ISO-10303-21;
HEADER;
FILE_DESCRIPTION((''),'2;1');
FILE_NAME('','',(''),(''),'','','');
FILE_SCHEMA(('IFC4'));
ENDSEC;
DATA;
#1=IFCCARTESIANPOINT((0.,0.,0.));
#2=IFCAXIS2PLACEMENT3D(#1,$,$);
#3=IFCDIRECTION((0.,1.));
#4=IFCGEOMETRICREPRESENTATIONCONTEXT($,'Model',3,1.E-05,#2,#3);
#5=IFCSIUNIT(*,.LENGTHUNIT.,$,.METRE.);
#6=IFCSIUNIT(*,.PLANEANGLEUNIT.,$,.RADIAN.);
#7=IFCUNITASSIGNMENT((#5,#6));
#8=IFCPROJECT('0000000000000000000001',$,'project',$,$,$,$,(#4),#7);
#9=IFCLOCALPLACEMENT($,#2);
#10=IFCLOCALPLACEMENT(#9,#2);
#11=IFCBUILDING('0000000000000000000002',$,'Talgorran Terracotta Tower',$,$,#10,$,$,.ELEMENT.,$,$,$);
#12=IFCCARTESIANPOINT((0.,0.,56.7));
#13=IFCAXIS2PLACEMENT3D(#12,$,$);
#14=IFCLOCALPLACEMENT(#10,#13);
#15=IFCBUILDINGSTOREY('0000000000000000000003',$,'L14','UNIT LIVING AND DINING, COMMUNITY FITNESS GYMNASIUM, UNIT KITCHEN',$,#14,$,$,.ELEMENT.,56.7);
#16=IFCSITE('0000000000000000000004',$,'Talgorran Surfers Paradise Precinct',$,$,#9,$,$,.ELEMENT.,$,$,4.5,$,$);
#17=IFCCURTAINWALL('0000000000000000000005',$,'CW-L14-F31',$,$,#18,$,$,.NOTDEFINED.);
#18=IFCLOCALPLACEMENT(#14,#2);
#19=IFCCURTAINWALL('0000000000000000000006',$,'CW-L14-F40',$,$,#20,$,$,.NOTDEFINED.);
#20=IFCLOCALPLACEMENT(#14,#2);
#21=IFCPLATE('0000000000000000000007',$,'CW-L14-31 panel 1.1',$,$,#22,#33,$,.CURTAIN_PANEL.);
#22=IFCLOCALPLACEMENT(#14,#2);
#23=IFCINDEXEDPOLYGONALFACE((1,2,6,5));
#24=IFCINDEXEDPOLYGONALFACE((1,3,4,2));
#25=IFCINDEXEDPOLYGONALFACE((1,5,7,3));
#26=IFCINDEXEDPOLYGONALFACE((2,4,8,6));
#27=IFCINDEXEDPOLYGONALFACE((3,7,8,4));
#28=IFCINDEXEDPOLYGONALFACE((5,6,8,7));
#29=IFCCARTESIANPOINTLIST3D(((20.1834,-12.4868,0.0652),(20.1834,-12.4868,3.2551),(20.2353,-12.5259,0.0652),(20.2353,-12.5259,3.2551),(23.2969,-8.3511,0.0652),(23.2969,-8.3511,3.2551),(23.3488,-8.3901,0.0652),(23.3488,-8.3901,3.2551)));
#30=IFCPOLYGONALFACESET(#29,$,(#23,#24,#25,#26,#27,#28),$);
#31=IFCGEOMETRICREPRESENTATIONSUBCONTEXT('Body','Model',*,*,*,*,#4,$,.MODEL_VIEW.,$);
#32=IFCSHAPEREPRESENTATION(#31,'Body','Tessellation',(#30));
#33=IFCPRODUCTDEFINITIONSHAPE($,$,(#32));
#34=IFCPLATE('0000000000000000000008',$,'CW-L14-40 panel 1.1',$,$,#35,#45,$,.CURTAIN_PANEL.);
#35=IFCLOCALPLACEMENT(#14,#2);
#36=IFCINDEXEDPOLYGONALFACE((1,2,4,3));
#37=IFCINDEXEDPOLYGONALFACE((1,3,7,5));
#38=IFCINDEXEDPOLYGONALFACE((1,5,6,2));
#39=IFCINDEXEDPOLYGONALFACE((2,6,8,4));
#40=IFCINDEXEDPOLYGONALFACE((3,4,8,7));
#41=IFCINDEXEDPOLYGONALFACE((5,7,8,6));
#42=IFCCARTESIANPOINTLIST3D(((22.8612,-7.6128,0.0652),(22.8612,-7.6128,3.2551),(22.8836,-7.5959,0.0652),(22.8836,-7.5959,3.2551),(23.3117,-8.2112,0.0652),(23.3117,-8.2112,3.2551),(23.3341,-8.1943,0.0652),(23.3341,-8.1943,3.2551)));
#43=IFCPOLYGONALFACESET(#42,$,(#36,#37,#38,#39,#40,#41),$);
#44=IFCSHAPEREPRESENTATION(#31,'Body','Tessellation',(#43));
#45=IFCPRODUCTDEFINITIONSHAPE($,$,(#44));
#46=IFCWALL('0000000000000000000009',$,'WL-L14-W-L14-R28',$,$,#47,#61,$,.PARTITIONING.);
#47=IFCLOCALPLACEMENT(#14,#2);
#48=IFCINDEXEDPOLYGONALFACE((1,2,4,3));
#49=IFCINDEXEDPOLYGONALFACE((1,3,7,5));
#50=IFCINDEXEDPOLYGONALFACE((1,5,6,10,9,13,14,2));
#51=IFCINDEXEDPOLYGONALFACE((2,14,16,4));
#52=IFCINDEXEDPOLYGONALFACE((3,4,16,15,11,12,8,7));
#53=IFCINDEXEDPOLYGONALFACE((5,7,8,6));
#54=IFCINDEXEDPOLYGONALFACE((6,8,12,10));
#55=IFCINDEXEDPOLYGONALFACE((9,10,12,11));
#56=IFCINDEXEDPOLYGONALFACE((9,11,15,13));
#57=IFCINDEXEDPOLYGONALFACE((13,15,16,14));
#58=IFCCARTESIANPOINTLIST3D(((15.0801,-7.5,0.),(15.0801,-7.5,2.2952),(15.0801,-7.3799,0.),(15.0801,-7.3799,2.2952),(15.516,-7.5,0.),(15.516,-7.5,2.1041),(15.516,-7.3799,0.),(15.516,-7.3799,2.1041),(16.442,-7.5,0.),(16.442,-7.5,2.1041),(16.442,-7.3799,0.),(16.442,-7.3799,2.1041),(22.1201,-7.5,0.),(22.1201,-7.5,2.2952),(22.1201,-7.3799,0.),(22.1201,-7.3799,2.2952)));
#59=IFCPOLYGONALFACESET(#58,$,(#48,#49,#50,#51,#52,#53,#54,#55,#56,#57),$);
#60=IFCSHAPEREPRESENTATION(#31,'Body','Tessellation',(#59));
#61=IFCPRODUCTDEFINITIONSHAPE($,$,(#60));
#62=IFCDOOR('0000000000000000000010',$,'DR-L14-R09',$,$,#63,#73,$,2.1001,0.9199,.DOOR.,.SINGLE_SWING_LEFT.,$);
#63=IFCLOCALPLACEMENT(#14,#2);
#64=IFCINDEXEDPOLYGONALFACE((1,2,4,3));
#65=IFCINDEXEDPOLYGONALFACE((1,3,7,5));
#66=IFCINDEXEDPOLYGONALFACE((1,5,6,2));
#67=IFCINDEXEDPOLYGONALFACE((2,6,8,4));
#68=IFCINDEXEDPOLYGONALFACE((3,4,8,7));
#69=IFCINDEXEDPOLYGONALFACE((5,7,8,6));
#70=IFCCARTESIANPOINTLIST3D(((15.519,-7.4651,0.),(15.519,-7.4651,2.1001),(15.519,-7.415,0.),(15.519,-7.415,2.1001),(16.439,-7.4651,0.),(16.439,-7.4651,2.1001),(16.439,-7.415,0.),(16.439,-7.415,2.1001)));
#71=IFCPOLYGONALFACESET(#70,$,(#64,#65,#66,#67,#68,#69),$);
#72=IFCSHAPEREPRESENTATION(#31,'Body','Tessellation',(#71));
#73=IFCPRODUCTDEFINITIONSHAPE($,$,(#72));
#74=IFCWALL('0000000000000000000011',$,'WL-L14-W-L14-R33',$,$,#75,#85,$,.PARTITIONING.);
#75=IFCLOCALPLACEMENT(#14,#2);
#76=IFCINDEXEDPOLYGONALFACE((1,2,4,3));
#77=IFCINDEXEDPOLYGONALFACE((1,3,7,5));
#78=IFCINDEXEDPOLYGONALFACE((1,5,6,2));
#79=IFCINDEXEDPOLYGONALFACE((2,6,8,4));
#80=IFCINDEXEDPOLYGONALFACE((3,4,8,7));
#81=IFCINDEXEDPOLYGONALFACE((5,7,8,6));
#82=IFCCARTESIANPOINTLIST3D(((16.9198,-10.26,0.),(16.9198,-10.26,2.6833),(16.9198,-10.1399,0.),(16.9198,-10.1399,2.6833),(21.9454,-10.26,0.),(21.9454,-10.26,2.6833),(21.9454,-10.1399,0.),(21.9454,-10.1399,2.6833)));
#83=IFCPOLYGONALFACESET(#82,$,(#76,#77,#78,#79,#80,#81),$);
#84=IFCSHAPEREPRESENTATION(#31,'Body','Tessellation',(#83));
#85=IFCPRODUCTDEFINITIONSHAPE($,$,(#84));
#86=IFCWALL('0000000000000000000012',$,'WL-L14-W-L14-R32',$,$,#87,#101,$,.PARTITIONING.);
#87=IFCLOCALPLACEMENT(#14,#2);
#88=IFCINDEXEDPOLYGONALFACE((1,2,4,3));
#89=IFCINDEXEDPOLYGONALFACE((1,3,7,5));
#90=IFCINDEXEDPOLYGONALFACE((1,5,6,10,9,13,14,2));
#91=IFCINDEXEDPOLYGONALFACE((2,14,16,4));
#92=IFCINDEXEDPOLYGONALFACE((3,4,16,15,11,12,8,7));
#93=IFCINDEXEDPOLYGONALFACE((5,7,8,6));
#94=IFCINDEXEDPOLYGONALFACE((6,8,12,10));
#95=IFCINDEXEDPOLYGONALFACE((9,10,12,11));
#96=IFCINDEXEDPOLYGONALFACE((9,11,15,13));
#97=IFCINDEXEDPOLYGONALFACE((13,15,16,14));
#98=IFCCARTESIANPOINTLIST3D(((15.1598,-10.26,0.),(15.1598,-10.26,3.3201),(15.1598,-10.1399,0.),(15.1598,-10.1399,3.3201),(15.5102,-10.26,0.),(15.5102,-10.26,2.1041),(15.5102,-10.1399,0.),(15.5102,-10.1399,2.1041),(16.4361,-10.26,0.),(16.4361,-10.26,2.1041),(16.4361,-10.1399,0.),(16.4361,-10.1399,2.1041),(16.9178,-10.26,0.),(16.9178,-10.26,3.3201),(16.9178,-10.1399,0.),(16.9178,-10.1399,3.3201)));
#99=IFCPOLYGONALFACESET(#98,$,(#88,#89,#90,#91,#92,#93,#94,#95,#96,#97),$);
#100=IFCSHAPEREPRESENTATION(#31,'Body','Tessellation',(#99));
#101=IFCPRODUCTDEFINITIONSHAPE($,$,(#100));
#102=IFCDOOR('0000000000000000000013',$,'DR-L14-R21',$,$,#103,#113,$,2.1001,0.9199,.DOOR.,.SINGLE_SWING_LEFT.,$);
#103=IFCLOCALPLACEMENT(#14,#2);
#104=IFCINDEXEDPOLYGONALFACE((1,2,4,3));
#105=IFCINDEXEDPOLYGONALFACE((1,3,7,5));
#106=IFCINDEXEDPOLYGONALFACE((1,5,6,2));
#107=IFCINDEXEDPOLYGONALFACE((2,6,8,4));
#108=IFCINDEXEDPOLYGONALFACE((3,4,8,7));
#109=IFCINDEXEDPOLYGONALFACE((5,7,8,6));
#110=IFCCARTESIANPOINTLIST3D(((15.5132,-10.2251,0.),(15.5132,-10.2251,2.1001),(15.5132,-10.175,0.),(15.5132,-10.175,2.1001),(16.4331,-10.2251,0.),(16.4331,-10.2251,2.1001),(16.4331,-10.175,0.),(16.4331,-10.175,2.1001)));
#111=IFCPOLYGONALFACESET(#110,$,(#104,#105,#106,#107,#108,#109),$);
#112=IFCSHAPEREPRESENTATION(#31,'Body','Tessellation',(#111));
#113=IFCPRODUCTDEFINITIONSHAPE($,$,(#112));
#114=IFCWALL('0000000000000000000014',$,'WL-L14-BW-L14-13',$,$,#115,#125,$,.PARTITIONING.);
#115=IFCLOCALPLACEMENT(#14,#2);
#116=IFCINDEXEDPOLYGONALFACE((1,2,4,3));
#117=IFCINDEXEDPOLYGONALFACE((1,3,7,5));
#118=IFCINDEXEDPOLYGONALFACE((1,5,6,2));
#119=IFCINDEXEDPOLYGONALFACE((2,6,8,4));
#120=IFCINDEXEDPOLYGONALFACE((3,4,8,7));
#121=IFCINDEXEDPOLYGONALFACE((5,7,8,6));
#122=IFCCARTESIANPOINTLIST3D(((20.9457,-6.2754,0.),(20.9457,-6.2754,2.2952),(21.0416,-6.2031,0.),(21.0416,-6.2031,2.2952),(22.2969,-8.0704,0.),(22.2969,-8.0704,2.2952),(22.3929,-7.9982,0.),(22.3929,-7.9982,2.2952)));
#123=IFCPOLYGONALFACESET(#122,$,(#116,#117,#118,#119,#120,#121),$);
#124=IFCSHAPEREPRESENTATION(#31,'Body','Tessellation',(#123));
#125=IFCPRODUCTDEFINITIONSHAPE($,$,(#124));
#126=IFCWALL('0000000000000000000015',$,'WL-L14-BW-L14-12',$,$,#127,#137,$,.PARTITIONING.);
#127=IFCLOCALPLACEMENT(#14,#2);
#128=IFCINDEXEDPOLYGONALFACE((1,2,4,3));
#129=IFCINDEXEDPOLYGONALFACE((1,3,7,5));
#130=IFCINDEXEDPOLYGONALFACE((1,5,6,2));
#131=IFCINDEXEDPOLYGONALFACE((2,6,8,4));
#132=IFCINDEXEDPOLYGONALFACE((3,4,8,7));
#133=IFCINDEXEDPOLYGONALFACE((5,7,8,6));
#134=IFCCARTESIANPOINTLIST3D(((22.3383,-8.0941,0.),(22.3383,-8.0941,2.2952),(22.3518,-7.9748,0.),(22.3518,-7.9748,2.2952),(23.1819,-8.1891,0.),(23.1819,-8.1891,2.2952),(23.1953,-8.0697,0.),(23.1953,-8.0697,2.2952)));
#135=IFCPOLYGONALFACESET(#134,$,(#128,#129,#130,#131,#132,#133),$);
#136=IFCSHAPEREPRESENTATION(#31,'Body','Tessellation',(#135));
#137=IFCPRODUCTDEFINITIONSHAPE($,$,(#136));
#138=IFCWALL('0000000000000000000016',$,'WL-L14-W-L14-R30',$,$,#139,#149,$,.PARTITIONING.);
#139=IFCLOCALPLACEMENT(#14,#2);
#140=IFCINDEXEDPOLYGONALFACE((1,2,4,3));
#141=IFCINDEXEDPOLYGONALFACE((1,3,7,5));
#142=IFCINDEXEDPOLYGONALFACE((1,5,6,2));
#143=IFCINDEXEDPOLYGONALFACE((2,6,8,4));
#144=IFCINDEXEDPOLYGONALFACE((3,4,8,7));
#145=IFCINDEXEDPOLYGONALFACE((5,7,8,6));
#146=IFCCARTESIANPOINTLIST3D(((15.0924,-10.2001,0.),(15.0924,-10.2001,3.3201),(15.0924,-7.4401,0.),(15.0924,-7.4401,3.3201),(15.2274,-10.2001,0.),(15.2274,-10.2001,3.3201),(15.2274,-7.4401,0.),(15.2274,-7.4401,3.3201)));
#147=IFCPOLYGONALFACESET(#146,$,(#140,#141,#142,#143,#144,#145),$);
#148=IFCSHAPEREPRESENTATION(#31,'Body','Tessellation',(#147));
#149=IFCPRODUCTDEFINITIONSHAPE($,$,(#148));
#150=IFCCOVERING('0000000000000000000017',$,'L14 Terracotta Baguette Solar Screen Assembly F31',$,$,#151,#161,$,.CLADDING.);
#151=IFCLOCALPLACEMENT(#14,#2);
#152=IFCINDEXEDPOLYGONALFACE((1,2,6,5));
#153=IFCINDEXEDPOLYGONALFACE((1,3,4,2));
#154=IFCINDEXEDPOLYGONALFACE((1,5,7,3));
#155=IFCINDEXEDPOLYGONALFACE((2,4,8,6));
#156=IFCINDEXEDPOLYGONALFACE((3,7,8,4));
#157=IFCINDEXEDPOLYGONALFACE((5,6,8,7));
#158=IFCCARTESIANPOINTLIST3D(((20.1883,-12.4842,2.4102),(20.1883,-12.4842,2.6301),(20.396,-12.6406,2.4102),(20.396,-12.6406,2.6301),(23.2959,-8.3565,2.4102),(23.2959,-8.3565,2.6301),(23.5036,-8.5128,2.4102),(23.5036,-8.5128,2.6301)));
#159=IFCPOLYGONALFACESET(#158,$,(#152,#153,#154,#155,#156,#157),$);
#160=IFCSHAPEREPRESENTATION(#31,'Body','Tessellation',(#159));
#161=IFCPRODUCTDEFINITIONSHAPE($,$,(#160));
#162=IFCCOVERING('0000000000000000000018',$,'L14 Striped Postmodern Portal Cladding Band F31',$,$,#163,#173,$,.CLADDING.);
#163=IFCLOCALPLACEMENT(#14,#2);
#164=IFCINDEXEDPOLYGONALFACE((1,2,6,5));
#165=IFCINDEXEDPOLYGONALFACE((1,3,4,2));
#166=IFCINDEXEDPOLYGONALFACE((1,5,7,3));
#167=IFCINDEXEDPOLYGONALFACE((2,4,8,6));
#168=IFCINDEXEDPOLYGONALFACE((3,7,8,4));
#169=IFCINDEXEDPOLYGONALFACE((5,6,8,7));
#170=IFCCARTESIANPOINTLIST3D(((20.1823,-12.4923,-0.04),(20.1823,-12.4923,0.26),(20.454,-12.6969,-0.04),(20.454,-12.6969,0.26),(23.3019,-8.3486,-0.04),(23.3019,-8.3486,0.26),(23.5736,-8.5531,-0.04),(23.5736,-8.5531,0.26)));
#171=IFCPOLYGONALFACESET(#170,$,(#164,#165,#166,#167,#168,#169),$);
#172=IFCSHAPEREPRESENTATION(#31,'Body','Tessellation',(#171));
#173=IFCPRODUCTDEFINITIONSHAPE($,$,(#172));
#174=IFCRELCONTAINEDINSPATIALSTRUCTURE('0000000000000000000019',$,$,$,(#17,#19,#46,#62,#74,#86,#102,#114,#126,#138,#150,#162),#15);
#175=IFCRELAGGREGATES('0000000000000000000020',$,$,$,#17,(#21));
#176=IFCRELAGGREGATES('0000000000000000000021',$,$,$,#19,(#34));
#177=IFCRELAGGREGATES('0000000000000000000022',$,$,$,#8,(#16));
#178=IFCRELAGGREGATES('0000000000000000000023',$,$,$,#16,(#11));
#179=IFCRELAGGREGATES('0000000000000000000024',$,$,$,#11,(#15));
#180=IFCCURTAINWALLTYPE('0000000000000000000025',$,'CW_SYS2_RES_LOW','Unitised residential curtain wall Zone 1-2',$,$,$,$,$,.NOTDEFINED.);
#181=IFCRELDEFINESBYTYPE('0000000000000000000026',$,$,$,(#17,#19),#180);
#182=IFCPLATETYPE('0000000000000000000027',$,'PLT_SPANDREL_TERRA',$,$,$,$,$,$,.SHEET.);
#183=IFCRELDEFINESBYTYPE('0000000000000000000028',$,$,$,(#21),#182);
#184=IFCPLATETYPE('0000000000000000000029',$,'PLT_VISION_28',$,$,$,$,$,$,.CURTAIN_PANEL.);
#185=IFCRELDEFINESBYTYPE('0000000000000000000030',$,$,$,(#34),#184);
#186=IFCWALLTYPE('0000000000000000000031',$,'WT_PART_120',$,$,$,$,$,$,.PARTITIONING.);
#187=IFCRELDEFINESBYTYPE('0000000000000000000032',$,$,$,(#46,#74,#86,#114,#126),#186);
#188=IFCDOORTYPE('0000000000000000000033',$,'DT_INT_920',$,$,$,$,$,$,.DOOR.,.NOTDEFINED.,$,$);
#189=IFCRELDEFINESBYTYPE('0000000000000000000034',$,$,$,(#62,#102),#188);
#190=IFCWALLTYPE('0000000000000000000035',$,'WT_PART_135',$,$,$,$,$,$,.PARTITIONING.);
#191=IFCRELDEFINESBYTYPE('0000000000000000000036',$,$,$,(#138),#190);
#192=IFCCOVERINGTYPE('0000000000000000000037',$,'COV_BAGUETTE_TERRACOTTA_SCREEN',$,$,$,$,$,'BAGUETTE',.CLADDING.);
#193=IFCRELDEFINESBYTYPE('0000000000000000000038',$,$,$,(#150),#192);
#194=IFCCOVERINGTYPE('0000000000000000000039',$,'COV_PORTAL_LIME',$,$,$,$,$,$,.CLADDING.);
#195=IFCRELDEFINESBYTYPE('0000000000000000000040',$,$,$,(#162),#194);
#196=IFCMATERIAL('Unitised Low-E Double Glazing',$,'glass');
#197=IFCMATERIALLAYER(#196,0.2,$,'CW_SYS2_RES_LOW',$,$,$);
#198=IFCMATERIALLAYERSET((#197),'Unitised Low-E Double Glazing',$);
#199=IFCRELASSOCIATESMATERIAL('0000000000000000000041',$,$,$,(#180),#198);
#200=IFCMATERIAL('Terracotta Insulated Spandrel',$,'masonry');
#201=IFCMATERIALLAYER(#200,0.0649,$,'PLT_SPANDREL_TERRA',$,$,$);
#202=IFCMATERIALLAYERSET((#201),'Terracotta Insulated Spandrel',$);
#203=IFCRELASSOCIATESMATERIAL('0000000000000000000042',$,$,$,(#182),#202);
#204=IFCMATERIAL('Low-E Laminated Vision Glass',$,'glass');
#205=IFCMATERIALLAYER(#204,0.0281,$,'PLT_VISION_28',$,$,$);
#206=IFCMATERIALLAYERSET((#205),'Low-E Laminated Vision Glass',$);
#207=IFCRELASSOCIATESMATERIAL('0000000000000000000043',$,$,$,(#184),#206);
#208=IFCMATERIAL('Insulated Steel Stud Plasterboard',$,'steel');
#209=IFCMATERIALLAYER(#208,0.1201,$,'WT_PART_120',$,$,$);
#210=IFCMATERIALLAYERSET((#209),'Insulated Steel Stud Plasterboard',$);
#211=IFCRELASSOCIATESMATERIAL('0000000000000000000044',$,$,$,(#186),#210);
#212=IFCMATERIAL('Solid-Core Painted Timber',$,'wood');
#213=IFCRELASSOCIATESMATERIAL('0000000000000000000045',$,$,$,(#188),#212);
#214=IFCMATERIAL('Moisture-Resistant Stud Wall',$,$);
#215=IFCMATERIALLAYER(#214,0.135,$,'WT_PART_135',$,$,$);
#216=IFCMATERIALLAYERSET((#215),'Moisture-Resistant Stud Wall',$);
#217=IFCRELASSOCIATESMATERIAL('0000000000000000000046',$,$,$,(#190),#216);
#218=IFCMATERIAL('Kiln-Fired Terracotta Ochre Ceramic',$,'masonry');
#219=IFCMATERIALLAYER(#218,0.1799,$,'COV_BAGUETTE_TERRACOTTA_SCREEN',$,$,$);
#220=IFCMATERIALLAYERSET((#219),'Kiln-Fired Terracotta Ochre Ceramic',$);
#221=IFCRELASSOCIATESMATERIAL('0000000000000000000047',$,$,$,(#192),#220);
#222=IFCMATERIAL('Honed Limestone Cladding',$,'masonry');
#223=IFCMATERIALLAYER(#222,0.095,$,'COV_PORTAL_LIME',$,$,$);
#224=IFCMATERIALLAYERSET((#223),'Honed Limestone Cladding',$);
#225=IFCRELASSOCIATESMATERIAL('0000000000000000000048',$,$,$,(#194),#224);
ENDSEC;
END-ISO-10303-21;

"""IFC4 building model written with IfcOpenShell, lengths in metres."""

from ifc_helpers import new_model, si_unit, direction, frame, frame_2d, origin, origin_2d, place, context, subcontext, project, spatial, rectangle, extrude, source, transform, mapped, material, layer, layer_set, type_object, type_shapes, element, fill, aggregate, save


model = new_model("IFC4")

# Units and contexts
model_context = context("Model", 3, precision=1e-05, world=origin(), true_north=direction((0.0, 1.0)))
body_context = subcontext(model_context, "Body", "Model", "MODEL_VIEW")
ifc_project = project(units=[si_unit("LENGTHUNIT", "METRE"), si_unit("PLANEANGLEUNIT", "RADIAN")], contexts=[model_context])

# Site, building, storey
site_placement = place(None, origin())
site = spatial("IfcSite", under=ifc_project, at=site_placement, Name="Talgorran Surfers Paradise Precinct", CompositionType="ELEMENT", RefElevation=4.5)
building_placement = place(site_placement, origin())
building = spatial("IfcBuilding", under=site, at=building_placement, Name="Talgorran Terracotta Tower", CompositionType="ELEMENT")
storey_placement = place(building_placement, frame((0.0, 0.0, 56.7)))
storey = spatial("IfcBuildingStorey", under=building, at=storey_placement, Name="L14", Description="UNIT LIVING AND DINING, COMMUNITY FITNESS GYMNASIUM, UNIT KITCHEN", CompositionType="ELEMENT", Elevation=56.7)

# Curtain walls
ifc_material_1 = material(Name="Unitised Low-E Double Glazing", Category="glass")
ifc_layer_1 = layer(ifc_material_1, 0.2, Name="CW_SYS2_RES_LOW")
ifc_layer_set_1 = layer_set([ifc_layer_1], Name="Unitised Low-E Double Glazing")
curtain_wall_type = type_object("IfcCurtainWallType", Name="CW_SYS2_RES_LOW", Description="Unitised residential curtain wall Zone 1-2", PredefinedType="NOTDEFINED", material=ifc_layer_set_1)
curtain_wall_1_placement = place(storey_placement, origin())
curtain_wall_1 = element("IfcCurtainWall", 1, at=curtain_wall_1_placement, inside=storey, type_object=curtain_wall_type, Name="CW-L14-F31", PredefinedType="NOTDEFINED")
curtain_wall_2_placement = place(storey_placement, origin())
curtain_wall_2 = element("IfcCurtainWall", 2, at=curtain_wall_2_placement, inside=storey, type_object=curtain_wall_type, Name="CW-L14-F40", PredefinedType="NOTDEFINED")

# Plates
ifc_material_2 = material(Name="Terracotta Insulated Spandrel", Category="masonry")
ifc_layer_2 = layer(ifc_material_2, 0.0649, Name="PLT_SPANDREL_TERRA")
ifc_layer_set_2 = layer_set([ifc_layer_2], Name="Terracotta Insulated Spandrel")
plate_type_1 = type_object("IfcPlateType", Name="PLT_SPANDREL_TERRA", PredefinedType="SHEET", material=ifc_layer_set_2)
shared_shape_1 = source(origin(), body_context, "Body", "SweptSolid", [
    extrude(rectangle(XDim=5.1768, YDim=0.0649, at=origin_2d()), origin(), (0.0, 0.0, 1.0), 3.1899),
])
type_shapes(plate_type_1, [shared_shape_1])
plate_1_placement = place(storey_placement, frame((21.7661, -10.4385, 0.0652), z_axis=(0.0, 0.0, 1.0), x_axis=(0.601446, 0.798913, 0.0)))
plate_1 = element("IfcPlate", 3, at=plate_1_placement, type_object=plate_type_1, Name="CW-L14-31 panel 1.1", PredefinedType="CURTAIN_PANEL", context=body_context, shape_type="MappedRepresentation", body=[
    mapped(shared_shape_1, transform((0.0, 0.0, 0.0), scale=1.0)),
])
aggregate(curtain_wall_1, [plate_1])
ifc_material_3 = material(Name="Low-E Laminated Vision Glass", Category="glass")
ifc_layer_3 = layer(ifc_material_3, 0.0281, Name="PLT_VISION_28")
ifc_layer_set_3 = layer_set([ifc_layer_3], Name="Low-E Laminated Vision Glass")
plate_type_2 = type_object("IfcPlateType", Name="PLT_VISION_28", PredefinedType="CURTAIN_PANEL", material=ifc_layer_set_3)
shared_shape_2 = source(origin(), body_context, "Body", "SweptSolid", [
    extrude(rectangle(XDim=0.749, YDim=0.0281, at=origin_2d()), origin(), (0.0, 0.0, 1.0), 3.1899),
])
type_shapes(plate_type_2, [shared_shape_2])
plate_2_placement = place(storey_placement, frame((23.0977, -7.9036, 0.0652), z_axis=(0.0, 0.0, 1.0), x_axis=(-0.601419, 0.798934, 0.0)))
plate_2 = element("IfcPlate", 4, at=plate_2_placement, type_object=plate_type_2, Name="CW-L14-40 panel 1.1", PredefinedType="CURTAIN_PANEL", context=body_context, shape_type="MappedRepresentation", body=[
    mapped(shared_shape_2, transform((0.0, 0.0, 0.0), scale=1.0)),
])
aggregate(curtain_wall_2, [plate_2])

# Wall, opening, door
ifc_material_4 = material(Name="Insulated Steel Stud Plasterboard", Category="steel")
ifc_layer_4 = layer(ifc_material_4, 0.1201, Name="WT_PART_120")
ifc_layer_set_4 = layer_set([ifc_layer_4], Name="Insulated Steel Stud Plasterboard")
wall_type_1 = type_object("IfcWallType", Name="WT_PART_120", PredefinedType="PARTITIONING", material=ifc_layer_set_4)
wall_1_placement = place(storey_placement, frame((15.0801, -7.4399, 0.0), z_axis=(0.0, 0.0, 1.0), x_axis=(1.0, 0.0, 0.0)))
wall_1 = element("IfcWall", 5, at=wall_1_placement, inside=storey, type_object=wall_type_1, Name="WL-L14-W-L14-R28", PredefinedType="PARTITIONING", context=body_context, shape_type="SweptSolid", body=[
    extrude(rectangle(XDim=7.04, YDim=0.1201, at=frame_2d((3.52, 0.0))), origin(), (0.0, 0.0, 1.0), 2.2952),
])
opening_1_placement = place(wall_1_placement, frame((0.439, 0.0, 0.0)))
opening_1 = element("IfcOpeningElement", 6, at=opening_1_placement, cuts=wall_1, PredefinedType="OPENING", context=body_context, shape_type="SweptSolid", body=[
    extrude(rectangle(XDim=0.9259, YDim=2.1041, at=frame_2d((0.46, 1.052))), frame((0.0, 0.0701, 0.0), z_axis=(0.0, -1.0, 0.0), x_axis=(1.0, 0.0, 0.0)), (0.0, 0.0, 1.0), 0.1401),
])
ifc_material_5 = material(Name="Solid-Core Painted Timber", Category="wood")
door_type = type_object("IfcDoorType", Name="DT_INT_920", OperationType="NOTDEFINED", PredefinedType="DOOR", material=ifc_material_5)
door_1_placement = place(opening_1_placement, origin())
door_1 = element("IfcDoor", 7, at=door_1_placement, inside=storey, type_object=door_type, Name="DR-L14-R09", OperationType="SINGLE_SWING_LEFT", OverallHeight=2.1001, OverallWidth=0.9199, PredefinedType="DOOR", context=body_context, shape_type="SweptSolid", body=[
    extrude(rectangle(XDim=0.9199, YDim=2.1001, at=frame_2d((0.46, 1.05))), frame((0.0, 0.0249, 0.0), z_axis=(0.0, -1.0, 0.0), x_axis=(1.0, 0.0, 0.0)), (0.0, 0.0, 1.0), 0.05),
])
fill(opening_1, door_1)

# Wall
wall_2_placement = place(storey_placement, frame((16.9199, -10.2, 0.0), z_axis=(0.0, 0.0, 1.0), x_axis=(1.0, 0.0, 0.0)))
element("IfcWall", 8, at=wall_2_placement, inside=storey, type_object=wall_type_1, Name="WL-L14-W-L14-R33", PredefinedType="PARTITIONING", context=body_context, shape_type="SweptSolid", body=[
    extrude(rectangle(XDim=5.0256, YDim=0.1201, at=frame_2d((2.5127, 0.0))), origin(), (0.0, 0.0, 1.0), 2.6833),
])

# Wall, opening, door
wall_3_placement = place(storey_placement, frame((15.1599, -10.2, 0.0), z_axis=(0.0, 0.0, 1.0), x_axis=(1.0, 0.0, 0.0)))
wall_3 = element("IfcWall", 9, at=wall_3_placement, inside=storey, type_object=wall_type_1, Name="WL-L14-W-L14-R32", PredefinedType="PARTITIONING", context=body_context, shape_type="SweptSolid", body=[
    extrude(rectangle(XDim=1.7581, YDim=0.1201, at=frame_2d((0.8789, 0.0))), origin(), (0.0, 0.0, 1.0), 3.3201),
])
opening_2_placement = place(wall_3_placement, frame((0.3533, 0.0, 0.0)))
opening_2 = element("IfcOpeningElement", 10, at=opening_2_placement, cuts=wall_3, PredefinedType="OPENING", context=body_context, shape_type="SweptSolid", body=[
    extrude(rectangle(XDim=0.9259, YDim=2.1041, at=frame_2d((0.46, 1.052))), frame((0.0, 0.0701, 0.0), z_axis=(0.0, -1.0, 0.0), x_axis=(1.0, 0.0, 0.0)), (0.0, 0.0, 1.0), 0.1401),
])
door_2_placement = place(opening_2_placement, origin())
door_2 = element("IfcDoor", 11, at=door_2_placement, inside=storey, type_object=door_type, Name="DR-L14-R21", OperationType="SINGLE_SWING_LEFT", OverallHeight=2.1001, OverallWidth=0.9199, PredefinedType="DOOR", context=body_context, shape_type="SweptSolid", body=[
    extrude(rectangle(XDim=0.9199, YDim=2.1001, at=frame_2d((0.46, 1.05))), frame((0.0, 0.0249, 0.0), z_axis=(0.0, -1.0, 0.0), x_axis=(1.0, 0.0, 0.0)), (0.0, 0.0, 1.0), 0.05),
])
fill(opening_2, door_2)

# Walls
wall_4_placement = place(storey_placement, frame((22.345, -8.0344, 0.0), z_axis=(0.0, 0.0, 1.0), x_axis=(-0.601407, 0.798943, 0.0)))
element("IfcWall", 12, at=wall_4_placement, inside=storey, type_object=wall_type_1, Name="WL-L14-BW-L14-13", PredefinedType="PARTITIONING", context=body_context, shape_type="SweptSolid", body=[
    extrude(rectangle(XDim=2.2468, YDim=0.1201, at=frame_2d((1.1235, 0.0))), origin(), (0.0, 0.0, 1.0), 2.2952),
])
wall_5_placement = place(storey_placement, frame((23.1885, -8.1294, 0.0), z_axis=(0.0, 0.0, 1.0), x_axis=(-0.993721, 0.111884, 0.0)))
element("IfcWall", 13, at=wall_5_placement, inside=storey, type_object=wall_type_1, Name="WL-L14-BW-L14-12", PredefinedType="PARTITIONING", context=body_context, shape_type="SweptSolid", body=[
    extrude(rectangle(XDim=0.8489, YDim=0.1201, at=frame_2d((0.4243, 0.0))), origin(), (0.0, 0.0, 1.0), 2.2952),
])
ifc_material_6 = material(Name="Moisture-Resistant Stud Wall")
ifc_layer_5 = layer(ifc_material_6, 0.135, Name="WT_PART_135")
ifc_layer_set_5 = layer_set([ifc_layer_5], Name="Moisture-Resistant Stud Wall")
wall_type_2 = type_object("IfcWallType", Name="WT_PART_135", PredefinedType="PARTITIONING", material=ifc_layer_set_5)
wall_6_placement = place(storey_placement, frame((15.1599, -10.2, 0.0), z_axis=(0.0, 0.0, 1.0), x_axis=(0.0, 1.0, 0.0)))
element("IfcWall", 14, at=wall_6_placement, inside=storey, type_object=wall_type_2, Name="WL-L14-W-L14-R30", PredefinedType="PARTITIONING", context=body_context, shape_type="SweptSolid", body=[
    extrude(rectangle(XDim=2.76, YDim=0.135, at=frame_2d((1.3799, 0.0))), origin(), (0.0, 0.0, 1.0), 3.3201),
])

# Coverings
ifc_material_7 = material(Name="Kiln-Fired Terracotta Ochre Ceramic", Category="masonry")
ifc_layer_6 = layer(ifc_material_7, 0.1799, Name="COV_BAGUETTE_TERRACOTTA_SCREEN")
ifc_layer_set_6 = layer_set([ifc_layer_6], Name="Kiln-Fired Terracotta Ochre Ceramic")
covering_type_1 = type_object("IfcCoveringType", Name="COV_BAGUETTE_TERRACOTTA_SCREEN", ElementType="BAGUETTE", PredefinedType="CLADDING", material=ifc_layer_set_6)
covering_1_placement = place(storey_placement, frame((21.8459, -10.4985, 2.4102), z_axis=(0.0, 0.0, 1.0), x_axis=(0.601453, 0.798909, 0.0)))
element("IfcCovering", 15, at=covering_1_placement, inside=storey, type_object=covering_type_1, Name="L14 Terracotta Baguette Solar Screen Assembly F31", PredefinedType="CLADDING", context=body_context, shape_type="SweptSolid", body=[
    extrude(rectangle(XDim=5.1667, YDim=0.26, at=origin_2d()), origin(), (0.0, 0.0, 1.0), 0.22),
])
ifc_material_8 = material(Name="Honed Limestone Cladding", Category="masonry")
ifc_layer_7 = layer(ifc_material_8, 0.095, Name="COV_PORTAL_LIME")
ifc_layer_set_7 = layer_set([ifc_layer_7], Name="Honed Limestone Cladding")
covering_type_2 = type_object("IfcCoveringType", Name="COV_PORTAL_LIME", PredefinedType="CLADDING", material=ifc_layer_set_7)
covering_2_placement = place(storey_placement, frame((21.8779, -10.5227, -0.04), z_axis=(0.0, 0.0, 1.0), x_axis=(0.601453, 0.798909, 0.0)))
element("IfcCovering", 16, at=covering_2_placement, inside=storey, type_object=covering_type_2, Name="L14 Striped Postmodern Portal Cladding Band F31", PredefinedType="CLADDING", context=body_context, shape_type="SweptSolid", body=[
    extrude(rectangle(XDim=5.1868, YDim=0.3401, at=origin_2d()), origin(), (0.0, 0.0, 1.0), 0.3),
])

save(model, "model.ifc")
